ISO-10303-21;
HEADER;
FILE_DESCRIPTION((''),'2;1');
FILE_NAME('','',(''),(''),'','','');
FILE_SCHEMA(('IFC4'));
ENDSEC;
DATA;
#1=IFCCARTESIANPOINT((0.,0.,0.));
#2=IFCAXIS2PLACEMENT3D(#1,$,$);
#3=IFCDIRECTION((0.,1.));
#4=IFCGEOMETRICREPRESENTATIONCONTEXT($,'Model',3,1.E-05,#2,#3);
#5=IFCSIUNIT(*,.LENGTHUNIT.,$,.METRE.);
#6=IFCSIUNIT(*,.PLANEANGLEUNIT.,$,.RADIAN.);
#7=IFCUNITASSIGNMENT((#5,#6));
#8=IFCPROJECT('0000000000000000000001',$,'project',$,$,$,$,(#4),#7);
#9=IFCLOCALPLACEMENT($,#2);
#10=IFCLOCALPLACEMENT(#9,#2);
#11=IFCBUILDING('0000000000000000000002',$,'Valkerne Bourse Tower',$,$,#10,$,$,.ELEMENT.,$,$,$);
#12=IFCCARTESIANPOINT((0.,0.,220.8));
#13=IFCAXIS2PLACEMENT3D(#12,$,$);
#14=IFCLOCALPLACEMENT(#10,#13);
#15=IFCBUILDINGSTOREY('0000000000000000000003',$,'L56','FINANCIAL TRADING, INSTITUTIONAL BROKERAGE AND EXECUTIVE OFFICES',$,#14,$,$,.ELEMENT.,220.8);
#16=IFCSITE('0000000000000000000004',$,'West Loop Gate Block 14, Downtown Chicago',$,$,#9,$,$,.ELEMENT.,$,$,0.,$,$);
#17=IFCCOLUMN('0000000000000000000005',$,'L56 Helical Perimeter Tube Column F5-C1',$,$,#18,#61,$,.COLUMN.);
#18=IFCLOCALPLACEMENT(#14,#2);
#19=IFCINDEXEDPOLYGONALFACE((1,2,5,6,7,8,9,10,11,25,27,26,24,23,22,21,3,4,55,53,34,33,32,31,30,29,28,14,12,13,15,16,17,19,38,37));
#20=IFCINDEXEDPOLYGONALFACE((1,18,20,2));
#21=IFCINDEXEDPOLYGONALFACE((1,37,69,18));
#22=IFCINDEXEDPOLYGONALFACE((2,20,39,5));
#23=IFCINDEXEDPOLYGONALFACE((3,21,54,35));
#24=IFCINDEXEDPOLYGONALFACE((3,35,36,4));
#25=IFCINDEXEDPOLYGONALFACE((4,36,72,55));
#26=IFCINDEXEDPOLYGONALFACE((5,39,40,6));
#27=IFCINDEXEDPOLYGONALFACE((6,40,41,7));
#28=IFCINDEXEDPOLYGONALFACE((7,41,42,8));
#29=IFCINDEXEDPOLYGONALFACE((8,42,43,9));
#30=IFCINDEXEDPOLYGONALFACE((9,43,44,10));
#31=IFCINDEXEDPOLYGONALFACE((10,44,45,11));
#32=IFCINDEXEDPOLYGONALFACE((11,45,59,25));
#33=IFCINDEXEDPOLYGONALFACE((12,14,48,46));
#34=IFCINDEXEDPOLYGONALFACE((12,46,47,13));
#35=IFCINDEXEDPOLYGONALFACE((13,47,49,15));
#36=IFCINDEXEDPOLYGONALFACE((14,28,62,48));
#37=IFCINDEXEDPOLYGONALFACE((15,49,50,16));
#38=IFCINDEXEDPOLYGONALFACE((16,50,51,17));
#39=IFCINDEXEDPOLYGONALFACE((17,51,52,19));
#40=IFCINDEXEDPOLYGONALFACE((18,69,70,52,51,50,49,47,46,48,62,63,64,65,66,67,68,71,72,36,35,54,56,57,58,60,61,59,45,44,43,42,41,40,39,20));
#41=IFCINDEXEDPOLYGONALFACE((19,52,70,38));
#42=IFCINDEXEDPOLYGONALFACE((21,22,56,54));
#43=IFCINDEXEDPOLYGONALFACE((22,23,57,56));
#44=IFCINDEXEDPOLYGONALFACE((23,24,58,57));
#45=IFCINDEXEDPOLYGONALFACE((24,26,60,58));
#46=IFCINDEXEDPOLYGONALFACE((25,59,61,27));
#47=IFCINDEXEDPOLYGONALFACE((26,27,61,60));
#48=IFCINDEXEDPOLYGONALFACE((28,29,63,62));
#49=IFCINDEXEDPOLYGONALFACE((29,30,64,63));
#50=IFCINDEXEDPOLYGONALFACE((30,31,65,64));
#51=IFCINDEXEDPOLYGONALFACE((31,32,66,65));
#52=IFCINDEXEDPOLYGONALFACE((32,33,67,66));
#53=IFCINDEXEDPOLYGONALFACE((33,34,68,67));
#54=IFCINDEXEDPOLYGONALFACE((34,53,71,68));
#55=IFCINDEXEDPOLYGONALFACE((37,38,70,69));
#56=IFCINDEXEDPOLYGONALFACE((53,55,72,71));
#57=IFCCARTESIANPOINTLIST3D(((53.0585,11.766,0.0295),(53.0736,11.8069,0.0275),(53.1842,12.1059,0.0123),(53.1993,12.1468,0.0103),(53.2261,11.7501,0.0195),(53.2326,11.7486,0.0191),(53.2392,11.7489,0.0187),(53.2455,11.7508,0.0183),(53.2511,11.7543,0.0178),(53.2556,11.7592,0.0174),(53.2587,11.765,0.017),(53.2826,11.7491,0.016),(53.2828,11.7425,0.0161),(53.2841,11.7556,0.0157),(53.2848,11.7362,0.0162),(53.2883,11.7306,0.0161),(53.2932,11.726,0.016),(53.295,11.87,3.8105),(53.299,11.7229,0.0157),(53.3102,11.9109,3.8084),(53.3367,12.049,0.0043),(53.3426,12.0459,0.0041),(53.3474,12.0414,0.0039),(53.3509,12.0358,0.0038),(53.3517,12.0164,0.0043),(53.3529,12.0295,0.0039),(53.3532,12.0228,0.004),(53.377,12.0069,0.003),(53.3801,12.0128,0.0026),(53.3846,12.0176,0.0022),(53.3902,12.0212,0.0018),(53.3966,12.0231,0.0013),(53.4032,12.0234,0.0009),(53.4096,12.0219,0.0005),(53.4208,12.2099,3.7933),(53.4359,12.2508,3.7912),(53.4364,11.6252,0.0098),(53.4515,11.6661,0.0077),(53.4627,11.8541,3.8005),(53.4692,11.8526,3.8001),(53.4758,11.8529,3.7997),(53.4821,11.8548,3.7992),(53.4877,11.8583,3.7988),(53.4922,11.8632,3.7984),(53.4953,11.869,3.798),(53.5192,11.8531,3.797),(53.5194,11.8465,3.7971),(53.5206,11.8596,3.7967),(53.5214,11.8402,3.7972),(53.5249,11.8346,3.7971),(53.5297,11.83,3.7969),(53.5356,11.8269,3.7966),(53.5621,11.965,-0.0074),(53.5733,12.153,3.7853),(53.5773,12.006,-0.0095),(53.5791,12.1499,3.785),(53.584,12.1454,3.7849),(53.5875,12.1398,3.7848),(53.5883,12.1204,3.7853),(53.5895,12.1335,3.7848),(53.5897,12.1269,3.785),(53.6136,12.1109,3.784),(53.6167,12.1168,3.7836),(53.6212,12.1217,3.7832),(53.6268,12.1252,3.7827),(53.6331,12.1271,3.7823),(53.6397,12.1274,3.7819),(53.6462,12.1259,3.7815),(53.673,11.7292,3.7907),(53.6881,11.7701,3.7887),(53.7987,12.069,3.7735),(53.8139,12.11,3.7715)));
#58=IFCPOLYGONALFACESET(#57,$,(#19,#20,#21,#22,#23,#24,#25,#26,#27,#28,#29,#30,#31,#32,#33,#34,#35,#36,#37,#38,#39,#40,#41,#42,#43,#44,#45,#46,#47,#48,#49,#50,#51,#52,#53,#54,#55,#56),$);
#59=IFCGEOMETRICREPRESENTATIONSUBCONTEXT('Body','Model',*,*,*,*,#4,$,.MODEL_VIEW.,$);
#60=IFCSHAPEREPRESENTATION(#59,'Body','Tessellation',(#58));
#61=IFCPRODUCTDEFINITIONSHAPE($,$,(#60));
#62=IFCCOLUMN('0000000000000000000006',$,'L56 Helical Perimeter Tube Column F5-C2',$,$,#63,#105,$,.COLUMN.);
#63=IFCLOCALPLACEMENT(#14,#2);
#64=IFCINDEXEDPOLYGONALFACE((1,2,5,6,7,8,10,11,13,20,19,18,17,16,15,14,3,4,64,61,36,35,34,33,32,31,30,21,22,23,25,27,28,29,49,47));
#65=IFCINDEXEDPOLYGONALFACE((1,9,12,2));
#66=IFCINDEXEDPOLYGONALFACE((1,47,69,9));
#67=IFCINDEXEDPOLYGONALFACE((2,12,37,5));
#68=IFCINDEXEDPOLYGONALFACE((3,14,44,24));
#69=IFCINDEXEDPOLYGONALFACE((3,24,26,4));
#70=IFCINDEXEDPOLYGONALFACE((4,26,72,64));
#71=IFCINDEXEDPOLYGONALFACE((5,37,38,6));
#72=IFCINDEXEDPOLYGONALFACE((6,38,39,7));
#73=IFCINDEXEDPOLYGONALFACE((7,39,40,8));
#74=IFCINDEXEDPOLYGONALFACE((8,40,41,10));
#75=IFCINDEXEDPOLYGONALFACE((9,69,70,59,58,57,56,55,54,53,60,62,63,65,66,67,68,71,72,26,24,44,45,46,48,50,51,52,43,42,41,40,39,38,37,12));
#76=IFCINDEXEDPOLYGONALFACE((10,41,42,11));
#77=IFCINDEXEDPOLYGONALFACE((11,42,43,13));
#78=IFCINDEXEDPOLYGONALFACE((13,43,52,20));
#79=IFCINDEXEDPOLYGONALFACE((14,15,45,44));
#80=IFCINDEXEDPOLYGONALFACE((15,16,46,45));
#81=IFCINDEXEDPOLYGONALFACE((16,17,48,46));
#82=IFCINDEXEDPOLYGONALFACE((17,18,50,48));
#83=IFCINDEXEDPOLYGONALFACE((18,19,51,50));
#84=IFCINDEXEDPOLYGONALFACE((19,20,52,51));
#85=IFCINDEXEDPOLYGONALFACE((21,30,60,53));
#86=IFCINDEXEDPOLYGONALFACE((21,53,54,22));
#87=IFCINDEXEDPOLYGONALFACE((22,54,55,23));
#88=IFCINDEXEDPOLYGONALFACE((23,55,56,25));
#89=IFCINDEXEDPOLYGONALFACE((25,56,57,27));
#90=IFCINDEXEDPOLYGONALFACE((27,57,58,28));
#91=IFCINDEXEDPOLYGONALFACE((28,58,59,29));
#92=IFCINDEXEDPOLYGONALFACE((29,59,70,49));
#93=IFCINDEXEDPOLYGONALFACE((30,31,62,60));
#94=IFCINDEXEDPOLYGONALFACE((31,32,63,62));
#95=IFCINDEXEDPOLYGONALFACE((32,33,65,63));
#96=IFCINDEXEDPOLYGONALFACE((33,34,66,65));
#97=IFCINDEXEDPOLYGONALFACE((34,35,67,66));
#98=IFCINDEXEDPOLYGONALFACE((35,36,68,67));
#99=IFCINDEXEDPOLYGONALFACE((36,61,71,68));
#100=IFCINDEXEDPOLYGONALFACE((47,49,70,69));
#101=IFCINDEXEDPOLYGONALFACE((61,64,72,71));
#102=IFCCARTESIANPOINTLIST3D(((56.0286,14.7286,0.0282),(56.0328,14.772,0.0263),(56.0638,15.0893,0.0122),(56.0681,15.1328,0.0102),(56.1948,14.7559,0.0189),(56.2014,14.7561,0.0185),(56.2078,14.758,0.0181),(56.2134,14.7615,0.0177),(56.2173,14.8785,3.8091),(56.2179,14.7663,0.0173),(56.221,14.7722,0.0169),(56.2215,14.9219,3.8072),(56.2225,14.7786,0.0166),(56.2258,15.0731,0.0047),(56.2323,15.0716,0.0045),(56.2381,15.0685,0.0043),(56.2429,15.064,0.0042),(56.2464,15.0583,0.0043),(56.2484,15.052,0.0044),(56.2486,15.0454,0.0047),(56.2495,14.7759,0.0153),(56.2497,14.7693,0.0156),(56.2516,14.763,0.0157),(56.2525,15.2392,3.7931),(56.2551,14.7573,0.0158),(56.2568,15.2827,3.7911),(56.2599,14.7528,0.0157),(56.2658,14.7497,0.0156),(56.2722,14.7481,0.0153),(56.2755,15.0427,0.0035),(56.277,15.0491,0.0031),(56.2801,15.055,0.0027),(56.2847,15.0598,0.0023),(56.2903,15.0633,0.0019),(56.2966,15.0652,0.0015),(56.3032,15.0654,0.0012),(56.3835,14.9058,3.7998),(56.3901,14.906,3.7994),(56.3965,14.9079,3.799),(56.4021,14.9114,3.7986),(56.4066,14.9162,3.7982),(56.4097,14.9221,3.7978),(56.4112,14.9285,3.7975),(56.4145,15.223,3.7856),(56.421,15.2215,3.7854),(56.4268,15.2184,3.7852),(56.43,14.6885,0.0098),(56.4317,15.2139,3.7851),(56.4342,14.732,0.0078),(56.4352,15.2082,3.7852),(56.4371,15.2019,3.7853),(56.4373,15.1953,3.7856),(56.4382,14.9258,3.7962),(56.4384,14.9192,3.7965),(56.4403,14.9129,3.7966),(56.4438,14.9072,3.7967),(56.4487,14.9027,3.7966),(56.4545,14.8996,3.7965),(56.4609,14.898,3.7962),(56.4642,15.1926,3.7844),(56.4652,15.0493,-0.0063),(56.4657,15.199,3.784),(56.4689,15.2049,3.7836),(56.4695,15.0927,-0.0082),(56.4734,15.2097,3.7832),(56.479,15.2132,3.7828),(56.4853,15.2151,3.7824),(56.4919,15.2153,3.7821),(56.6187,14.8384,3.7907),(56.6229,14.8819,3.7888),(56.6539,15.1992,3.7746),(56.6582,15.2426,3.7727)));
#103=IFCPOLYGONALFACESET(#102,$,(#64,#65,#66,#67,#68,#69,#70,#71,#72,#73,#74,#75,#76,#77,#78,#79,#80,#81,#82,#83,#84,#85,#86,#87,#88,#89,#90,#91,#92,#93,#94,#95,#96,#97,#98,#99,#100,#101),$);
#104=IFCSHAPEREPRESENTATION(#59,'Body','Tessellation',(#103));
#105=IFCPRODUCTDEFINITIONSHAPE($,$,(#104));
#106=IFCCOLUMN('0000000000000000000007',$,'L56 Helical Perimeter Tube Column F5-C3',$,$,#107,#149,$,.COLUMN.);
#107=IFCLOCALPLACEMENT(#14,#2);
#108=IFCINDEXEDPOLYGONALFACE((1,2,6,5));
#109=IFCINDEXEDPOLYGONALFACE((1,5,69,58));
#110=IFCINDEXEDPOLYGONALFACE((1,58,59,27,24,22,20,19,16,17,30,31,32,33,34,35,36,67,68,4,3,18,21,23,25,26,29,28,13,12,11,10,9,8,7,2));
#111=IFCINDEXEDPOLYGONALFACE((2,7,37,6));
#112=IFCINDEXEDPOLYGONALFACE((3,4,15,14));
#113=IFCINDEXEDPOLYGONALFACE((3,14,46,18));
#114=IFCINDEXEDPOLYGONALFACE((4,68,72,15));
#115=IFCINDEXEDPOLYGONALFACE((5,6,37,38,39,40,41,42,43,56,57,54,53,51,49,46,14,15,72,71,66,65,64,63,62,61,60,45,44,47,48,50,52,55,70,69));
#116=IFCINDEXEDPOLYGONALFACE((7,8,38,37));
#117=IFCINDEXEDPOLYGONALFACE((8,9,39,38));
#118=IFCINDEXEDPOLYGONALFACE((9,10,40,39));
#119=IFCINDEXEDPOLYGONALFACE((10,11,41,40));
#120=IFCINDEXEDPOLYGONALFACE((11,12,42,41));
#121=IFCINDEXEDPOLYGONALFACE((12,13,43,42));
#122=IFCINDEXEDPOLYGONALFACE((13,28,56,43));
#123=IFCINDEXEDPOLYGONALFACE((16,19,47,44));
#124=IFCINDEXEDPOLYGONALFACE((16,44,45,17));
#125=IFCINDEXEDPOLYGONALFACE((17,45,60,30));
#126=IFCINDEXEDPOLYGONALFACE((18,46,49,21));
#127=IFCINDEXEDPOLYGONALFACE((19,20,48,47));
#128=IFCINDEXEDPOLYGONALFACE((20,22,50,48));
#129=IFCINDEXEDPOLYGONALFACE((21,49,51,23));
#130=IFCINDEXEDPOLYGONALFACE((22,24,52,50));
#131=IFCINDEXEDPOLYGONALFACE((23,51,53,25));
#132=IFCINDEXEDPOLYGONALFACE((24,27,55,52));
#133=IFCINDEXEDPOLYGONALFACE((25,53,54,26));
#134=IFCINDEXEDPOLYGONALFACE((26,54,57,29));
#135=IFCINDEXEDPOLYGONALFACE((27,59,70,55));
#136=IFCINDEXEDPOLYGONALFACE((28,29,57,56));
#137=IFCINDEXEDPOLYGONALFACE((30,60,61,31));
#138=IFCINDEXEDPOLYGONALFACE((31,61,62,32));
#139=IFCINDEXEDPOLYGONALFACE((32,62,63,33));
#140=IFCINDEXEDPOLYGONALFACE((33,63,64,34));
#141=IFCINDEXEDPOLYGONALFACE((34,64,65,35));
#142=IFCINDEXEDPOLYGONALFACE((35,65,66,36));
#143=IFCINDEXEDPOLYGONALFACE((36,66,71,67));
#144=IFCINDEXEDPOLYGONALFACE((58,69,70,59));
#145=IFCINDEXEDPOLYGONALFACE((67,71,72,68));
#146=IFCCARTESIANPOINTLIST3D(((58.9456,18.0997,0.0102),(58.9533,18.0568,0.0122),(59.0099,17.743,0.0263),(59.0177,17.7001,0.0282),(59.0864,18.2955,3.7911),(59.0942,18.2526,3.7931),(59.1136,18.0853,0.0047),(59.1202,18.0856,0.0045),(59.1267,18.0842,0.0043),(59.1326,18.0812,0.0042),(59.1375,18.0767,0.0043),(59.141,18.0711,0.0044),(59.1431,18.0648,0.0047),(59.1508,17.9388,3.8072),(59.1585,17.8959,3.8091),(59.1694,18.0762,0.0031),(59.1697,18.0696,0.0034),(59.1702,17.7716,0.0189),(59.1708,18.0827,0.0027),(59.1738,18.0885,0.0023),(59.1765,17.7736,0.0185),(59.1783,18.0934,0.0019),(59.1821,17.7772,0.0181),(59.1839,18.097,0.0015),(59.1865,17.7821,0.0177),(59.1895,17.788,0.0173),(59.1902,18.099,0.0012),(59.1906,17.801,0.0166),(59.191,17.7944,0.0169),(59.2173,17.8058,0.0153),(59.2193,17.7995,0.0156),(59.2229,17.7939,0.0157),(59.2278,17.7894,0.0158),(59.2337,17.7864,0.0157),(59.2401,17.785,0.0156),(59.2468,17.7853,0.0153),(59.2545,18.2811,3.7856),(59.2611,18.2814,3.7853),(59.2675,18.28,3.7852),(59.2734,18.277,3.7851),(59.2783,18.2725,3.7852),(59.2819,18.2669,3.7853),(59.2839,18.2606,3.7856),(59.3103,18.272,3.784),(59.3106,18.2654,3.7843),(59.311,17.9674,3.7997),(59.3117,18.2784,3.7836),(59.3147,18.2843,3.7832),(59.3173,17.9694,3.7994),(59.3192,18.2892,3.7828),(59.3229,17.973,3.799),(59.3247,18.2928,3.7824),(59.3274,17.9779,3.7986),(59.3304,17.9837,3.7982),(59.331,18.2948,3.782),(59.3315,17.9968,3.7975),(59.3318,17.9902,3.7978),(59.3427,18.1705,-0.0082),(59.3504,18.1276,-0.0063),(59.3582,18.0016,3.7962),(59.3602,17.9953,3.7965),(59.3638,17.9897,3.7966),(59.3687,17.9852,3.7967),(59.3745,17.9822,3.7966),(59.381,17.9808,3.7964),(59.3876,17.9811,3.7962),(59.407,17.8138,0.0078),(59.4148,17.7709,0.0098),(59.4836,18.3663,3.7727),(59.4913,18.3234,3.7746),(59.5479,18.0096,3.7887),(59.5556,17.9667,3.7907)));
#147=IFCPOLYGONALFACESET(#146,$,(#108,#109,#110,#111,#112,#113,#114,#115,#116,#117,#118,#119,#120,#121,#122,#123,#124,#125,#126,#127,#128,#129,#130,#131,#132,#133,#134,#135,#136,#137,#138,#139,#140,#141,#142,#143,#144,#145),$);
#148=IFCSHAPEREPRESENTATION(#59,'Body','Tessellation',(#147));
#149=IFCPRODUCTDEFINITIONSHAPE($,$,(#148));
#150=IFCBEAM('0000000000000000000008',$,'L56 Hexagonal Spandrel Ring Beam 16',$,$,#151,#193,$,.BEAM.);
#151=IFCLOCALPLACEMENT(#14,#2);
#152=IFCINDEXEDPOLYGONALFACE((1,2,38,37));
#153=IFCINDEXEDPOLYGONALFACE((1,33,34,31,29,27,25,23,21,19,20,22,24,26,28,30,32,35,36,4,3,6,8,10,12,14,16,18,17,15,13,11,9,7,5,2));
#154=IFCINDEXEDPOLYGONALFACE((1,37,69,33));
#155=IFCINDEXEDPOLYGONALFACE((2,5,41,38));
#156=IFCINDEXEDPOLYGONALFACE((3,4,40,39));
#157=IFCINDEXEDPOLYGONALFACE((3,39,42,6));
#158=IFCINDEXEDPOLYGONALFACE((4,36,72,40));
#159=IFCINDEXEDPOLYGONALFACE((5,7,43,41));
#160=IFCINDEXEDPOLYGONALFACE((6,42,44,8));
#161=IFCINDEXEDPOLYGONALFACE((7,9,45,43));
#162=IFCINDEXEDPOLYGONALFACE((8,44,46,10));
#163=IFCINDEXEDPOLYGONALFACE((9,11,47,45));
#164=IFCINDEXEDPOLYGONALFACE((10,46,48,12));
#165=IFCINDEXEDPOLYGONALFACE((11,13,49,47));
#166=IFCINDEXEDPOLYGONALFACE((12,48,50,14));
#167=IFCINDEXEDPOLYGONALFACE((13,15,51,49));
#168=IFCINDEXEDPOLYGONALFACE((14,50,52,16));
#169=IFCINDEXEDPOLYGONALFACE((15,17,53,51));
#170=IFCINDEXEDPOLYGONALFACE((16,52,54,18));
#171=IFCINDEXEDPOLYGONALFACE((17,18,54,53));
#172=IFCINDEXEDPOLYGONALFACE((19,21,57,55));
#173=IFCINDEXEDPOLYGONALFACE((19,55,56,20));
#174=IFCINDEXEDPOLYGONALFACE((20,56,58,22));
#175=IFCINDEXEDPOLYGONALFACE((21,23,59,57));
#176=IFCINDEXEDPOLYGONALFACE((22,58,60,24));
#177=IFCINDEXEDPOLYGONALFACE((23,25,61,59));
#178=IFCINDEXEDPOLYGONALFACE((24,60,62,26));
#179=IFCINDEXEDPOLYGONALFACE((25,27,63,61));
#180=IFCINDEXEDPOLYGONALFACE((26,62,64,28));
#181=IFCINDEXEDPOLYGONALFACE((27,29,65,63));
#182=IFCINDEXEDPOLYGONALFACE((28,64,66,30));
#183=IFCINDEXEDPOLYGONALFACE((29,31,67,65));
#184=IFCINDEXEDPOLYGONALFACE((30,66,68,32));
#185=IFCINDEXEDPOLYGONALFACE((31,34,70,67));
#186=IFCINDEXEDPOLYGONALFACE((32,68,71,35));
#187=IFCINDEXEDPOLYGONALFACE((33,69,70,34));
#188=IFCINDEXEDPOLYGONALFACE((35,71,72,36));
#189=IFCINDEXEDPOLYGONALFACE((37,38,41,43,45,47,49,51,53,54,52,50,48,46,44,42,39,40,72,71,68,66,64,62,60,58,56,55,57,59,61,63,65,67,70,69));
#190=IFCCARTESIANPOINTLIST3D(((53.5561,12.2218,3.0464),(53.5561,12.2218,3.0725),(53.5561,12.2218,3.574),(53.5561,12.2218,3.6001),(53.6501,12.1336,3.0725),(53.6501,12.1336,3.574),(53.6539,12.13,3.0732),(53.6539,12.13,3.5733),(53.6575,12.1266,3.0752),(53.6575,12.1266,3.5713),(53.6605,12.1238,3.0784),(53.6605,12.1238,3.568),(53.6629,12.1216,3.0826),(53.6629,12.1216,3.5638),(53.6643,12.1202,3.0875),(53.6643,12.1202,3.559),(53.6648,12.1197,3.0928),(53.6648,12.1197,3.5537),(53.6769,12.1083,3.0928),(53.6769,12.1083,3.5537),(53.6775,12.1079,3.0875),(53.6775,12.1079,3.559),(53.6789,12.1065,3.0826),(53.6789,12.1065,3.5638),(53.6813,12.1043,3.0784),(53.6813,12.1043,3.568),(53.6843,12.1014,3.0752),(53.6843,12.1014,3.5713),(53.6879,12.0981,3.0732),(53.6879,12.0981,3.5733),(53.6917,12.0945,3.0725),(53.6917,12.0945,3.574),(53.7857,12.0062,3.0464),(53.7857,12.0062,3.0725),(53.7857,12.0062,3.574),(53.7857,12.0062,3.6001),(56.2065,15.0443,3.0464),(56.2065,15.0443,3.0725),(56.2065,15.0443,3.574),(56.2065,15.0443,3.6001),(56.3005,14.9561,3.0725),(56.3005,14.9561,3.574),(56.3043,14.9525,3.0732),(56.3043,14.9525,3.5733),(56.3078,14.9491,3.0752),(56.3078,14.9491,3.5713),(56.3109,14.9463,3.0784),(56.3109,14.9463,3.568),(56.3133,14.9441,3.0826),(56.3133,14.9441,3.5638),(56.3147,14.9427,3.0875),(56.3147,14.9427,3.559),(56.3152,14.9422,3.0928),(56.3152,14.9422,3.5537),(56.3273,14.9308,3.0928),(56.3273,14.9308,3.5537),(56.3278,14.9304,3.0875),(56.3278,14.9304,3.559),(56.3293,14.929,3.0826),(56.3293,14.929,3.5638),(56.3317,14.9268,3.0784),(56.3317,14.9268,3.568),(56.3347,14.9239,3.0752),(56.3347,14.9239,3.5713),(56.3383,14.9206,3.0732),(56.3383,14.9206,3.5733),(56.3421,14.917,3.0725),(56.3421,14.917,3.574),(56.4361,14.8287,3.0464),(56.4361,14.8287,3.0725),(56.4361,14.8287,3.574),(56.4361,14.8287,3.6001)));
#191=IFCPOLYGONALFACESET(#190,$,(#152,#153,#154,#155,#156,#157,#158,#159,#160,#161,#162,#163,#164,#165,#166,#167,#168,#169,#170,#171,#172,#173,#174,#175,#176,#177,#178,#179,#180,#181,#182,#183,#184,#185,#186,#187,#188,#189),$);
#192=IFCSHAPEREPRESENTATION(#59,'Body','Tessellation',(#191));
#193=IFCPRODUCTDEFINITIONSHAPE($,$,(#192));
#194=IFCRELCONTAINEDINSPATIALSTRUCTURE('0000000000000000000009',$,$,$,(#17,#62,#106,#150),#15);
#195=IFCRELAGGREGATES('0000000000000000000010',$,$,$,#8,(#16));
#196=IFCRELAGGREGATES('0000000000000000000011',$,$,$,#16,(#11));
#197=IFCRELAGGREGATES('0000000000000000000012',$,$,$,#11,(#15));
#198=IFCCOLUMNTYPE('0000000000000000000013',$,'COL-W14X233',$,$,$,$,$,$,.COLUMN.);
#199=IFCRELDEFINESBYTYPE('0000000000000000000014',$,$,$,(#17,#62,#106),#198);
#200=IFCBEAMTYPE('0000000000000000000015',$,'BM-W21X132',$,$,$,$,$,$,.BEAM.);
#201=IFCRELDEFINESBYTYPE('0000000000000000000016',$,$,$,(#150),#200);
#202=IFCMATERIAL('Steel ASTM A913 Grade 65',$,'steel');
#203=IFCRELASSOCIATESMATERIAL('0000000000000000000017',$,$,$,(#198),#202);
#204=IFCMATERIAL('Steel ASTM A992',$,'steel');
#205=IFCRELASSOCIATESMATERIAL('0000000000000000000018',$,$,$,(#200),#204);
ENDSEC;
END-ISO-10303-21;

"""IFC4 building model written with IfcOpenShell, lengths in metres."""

from ifc_helpers import new_model, si_unit, direction, frame, origin, origin_2d, place, context, subcontext, project, spatial, i_section, extrude, material, material_profile, profile_set, type_object, element, save


model = new_model("IFC4")

# Units and contexts
model_context = context("Model", 3, precision=1e-05, world=origin(), true_north=direction((0.0, 1.0)))
body_context = subcontext(model_context, "Body", "Model", "MODEL_VIEW")
ifc_project = project(units=[si_unit("LENGTHUNIT", "METRE"), si_unit("PLANEANGLEUNIT", "RADIAN")], contexts=[model_context])

# Site, building, storey
site_placement = place(None, origin())
site = spatial("IfcSite", under=ifc_project, at=site_placement, Name="West Loop Gate Block 14, Downtown Chicago", CompositionType="ELEMENT", RefElevation=0.0)
building_placement = place(site_placement, origin())
building = spatial("IfcBuilding", under=site, at=building_placement, Name="Valkerne Bourse Tower", CompositionType="ELEMENT")
storey_placement = place(building_placement, frame((0.0, 0.0, 220.8)))
storey = spatial("IfcBuildingStorey", under=building, at=storey_placement, Name="L56", Description="FINANCIAL TRADING, INSTITUTIONAL BROKERAGE AND EXECUTIVE OFFICES", CompositionType="ELEMENT", Elevation=220.8)

# Columns
ifc_material_1 = material(Name="Steel ASTM A913 Grade 65", Category="steel")
ifc_material_profile_1 = material_profile(ifc_material_1, i_section(OverallWidth=0.4038, OverallDepth=0.4065, WebThickness=0.0271, FlangeThickness=0.0437, FilletRadius=0.0254, at=origin_2d()), Name="W14X233")
ifc_profile_set_1 = profile_set([ifc_material_profile_1], Name="Steel ASTM A913 Grade 65")
column_type = type_object("IfcColumnType", Name="COL-W14X233", PredefinedType="COLUMN", material=ifc_profile_set_1)
column_placement = place(storey_placement, frame((53.3179, 11.886, 0.01), z_axis=(0.062423, 0.027443, 0.997672), x_axis=(-0.935944, 0.348727, 0.048968)))
element("IfcColumn", 1, at=column_placement, inside=storey, type_object=column_type, Name="L56 Helical Perimeter Tube Column F5-C1", PredefinedType="COLUMN", context=body_context, shape_type="SweptSolid", body=[
    extrude(i_section(OverallWidth=0.4038, OverallDepth=0.4065, WebThickness=0.0271, FlangeThickness=0.0437, FilletRadius=0.0254, at=origin_2d()), origin(), (0.0, 0.0, 1.0), 3.7898),
])
for number, where, z_axis, x_axis, name in (
    (2, (56.249, 14.9106, 0.01), (0.049812, 0.039566, 0.997975), (-0.994021, 0.099175, 0.045682), "L56 Helical Perimeter Tube Column F5-C2"),
    (3, (59.1802, 17.9353, 0.01), (0.037181, 0.05168, 0.997971), (-0.983447, -0.175332, 0.04572), "L56 Helical Perimeter Tube Column F5-C3"),
):
    element("IfcColumn", number, at=place(storey_placement, frame(where, z_axis=z_axis, x_axis=x_axis)), inside=storey, type_object=column_type, Name=name, PredefinedType="COLUMN", context=body_context, shape_type="SweptSolid", body=[
        extrude(i_section(OverallWidth=0.4038, OverallDepth=0.4065, WebThickness=0.0271, FlangeThickness=0.0437, FilletRadius=0.0254, at=origin_2d()), origin(), (0.0, 0.0, 1.0), 3.7886),
    ])

# Beam
ifc_material_2 = material(Name="Steel ASTM A992", Category="steel")
ifc_material_profile_2 = material_profile(ifc_material_2, i_section(OverallWidth=0.3149, OverallDepth=0.5537, WebThickness=0.0166, FlangeThickness=0.0261, FilletRadius=0.0203, at=origin_2d()), Name="W21X132")
ifc_profile_set_2 = profile_set([ifc_material_profile_2], Name="Steel ASTM A992")
beam_type = type_object("IfcBeamType", Name="BM-W21X132", PredefinedType="BEAM", material=ifc_profile_set_2)
beam_1_placement = place(storey_placement, frame((53.6709, 12.114, 3.3232), z_axis=(0.68453, 0.728984, 0.0), x_axis=(-0.728984, 0.68453, 0.0)))
element("IfcBeam", 4, at=beam_1_placement, inside=storey, type_object=beam_type, Name="L56 Hexagonal Spandrel Ring Beam 16", PredefinedType="BEAM", context=body_context, shape_type="SweptSolid", body=[
    extrude(i_section(OverallWidth=0.3149, OverallDepth=0.5537, WebThickness=0.0166, FlangeThickness=0.0261, FilletRadius=0.0203, at=origin_2d()), origin(), (0.0, 0.0, 1.0), 3.8718),
])

save(model, "model.ifc")
